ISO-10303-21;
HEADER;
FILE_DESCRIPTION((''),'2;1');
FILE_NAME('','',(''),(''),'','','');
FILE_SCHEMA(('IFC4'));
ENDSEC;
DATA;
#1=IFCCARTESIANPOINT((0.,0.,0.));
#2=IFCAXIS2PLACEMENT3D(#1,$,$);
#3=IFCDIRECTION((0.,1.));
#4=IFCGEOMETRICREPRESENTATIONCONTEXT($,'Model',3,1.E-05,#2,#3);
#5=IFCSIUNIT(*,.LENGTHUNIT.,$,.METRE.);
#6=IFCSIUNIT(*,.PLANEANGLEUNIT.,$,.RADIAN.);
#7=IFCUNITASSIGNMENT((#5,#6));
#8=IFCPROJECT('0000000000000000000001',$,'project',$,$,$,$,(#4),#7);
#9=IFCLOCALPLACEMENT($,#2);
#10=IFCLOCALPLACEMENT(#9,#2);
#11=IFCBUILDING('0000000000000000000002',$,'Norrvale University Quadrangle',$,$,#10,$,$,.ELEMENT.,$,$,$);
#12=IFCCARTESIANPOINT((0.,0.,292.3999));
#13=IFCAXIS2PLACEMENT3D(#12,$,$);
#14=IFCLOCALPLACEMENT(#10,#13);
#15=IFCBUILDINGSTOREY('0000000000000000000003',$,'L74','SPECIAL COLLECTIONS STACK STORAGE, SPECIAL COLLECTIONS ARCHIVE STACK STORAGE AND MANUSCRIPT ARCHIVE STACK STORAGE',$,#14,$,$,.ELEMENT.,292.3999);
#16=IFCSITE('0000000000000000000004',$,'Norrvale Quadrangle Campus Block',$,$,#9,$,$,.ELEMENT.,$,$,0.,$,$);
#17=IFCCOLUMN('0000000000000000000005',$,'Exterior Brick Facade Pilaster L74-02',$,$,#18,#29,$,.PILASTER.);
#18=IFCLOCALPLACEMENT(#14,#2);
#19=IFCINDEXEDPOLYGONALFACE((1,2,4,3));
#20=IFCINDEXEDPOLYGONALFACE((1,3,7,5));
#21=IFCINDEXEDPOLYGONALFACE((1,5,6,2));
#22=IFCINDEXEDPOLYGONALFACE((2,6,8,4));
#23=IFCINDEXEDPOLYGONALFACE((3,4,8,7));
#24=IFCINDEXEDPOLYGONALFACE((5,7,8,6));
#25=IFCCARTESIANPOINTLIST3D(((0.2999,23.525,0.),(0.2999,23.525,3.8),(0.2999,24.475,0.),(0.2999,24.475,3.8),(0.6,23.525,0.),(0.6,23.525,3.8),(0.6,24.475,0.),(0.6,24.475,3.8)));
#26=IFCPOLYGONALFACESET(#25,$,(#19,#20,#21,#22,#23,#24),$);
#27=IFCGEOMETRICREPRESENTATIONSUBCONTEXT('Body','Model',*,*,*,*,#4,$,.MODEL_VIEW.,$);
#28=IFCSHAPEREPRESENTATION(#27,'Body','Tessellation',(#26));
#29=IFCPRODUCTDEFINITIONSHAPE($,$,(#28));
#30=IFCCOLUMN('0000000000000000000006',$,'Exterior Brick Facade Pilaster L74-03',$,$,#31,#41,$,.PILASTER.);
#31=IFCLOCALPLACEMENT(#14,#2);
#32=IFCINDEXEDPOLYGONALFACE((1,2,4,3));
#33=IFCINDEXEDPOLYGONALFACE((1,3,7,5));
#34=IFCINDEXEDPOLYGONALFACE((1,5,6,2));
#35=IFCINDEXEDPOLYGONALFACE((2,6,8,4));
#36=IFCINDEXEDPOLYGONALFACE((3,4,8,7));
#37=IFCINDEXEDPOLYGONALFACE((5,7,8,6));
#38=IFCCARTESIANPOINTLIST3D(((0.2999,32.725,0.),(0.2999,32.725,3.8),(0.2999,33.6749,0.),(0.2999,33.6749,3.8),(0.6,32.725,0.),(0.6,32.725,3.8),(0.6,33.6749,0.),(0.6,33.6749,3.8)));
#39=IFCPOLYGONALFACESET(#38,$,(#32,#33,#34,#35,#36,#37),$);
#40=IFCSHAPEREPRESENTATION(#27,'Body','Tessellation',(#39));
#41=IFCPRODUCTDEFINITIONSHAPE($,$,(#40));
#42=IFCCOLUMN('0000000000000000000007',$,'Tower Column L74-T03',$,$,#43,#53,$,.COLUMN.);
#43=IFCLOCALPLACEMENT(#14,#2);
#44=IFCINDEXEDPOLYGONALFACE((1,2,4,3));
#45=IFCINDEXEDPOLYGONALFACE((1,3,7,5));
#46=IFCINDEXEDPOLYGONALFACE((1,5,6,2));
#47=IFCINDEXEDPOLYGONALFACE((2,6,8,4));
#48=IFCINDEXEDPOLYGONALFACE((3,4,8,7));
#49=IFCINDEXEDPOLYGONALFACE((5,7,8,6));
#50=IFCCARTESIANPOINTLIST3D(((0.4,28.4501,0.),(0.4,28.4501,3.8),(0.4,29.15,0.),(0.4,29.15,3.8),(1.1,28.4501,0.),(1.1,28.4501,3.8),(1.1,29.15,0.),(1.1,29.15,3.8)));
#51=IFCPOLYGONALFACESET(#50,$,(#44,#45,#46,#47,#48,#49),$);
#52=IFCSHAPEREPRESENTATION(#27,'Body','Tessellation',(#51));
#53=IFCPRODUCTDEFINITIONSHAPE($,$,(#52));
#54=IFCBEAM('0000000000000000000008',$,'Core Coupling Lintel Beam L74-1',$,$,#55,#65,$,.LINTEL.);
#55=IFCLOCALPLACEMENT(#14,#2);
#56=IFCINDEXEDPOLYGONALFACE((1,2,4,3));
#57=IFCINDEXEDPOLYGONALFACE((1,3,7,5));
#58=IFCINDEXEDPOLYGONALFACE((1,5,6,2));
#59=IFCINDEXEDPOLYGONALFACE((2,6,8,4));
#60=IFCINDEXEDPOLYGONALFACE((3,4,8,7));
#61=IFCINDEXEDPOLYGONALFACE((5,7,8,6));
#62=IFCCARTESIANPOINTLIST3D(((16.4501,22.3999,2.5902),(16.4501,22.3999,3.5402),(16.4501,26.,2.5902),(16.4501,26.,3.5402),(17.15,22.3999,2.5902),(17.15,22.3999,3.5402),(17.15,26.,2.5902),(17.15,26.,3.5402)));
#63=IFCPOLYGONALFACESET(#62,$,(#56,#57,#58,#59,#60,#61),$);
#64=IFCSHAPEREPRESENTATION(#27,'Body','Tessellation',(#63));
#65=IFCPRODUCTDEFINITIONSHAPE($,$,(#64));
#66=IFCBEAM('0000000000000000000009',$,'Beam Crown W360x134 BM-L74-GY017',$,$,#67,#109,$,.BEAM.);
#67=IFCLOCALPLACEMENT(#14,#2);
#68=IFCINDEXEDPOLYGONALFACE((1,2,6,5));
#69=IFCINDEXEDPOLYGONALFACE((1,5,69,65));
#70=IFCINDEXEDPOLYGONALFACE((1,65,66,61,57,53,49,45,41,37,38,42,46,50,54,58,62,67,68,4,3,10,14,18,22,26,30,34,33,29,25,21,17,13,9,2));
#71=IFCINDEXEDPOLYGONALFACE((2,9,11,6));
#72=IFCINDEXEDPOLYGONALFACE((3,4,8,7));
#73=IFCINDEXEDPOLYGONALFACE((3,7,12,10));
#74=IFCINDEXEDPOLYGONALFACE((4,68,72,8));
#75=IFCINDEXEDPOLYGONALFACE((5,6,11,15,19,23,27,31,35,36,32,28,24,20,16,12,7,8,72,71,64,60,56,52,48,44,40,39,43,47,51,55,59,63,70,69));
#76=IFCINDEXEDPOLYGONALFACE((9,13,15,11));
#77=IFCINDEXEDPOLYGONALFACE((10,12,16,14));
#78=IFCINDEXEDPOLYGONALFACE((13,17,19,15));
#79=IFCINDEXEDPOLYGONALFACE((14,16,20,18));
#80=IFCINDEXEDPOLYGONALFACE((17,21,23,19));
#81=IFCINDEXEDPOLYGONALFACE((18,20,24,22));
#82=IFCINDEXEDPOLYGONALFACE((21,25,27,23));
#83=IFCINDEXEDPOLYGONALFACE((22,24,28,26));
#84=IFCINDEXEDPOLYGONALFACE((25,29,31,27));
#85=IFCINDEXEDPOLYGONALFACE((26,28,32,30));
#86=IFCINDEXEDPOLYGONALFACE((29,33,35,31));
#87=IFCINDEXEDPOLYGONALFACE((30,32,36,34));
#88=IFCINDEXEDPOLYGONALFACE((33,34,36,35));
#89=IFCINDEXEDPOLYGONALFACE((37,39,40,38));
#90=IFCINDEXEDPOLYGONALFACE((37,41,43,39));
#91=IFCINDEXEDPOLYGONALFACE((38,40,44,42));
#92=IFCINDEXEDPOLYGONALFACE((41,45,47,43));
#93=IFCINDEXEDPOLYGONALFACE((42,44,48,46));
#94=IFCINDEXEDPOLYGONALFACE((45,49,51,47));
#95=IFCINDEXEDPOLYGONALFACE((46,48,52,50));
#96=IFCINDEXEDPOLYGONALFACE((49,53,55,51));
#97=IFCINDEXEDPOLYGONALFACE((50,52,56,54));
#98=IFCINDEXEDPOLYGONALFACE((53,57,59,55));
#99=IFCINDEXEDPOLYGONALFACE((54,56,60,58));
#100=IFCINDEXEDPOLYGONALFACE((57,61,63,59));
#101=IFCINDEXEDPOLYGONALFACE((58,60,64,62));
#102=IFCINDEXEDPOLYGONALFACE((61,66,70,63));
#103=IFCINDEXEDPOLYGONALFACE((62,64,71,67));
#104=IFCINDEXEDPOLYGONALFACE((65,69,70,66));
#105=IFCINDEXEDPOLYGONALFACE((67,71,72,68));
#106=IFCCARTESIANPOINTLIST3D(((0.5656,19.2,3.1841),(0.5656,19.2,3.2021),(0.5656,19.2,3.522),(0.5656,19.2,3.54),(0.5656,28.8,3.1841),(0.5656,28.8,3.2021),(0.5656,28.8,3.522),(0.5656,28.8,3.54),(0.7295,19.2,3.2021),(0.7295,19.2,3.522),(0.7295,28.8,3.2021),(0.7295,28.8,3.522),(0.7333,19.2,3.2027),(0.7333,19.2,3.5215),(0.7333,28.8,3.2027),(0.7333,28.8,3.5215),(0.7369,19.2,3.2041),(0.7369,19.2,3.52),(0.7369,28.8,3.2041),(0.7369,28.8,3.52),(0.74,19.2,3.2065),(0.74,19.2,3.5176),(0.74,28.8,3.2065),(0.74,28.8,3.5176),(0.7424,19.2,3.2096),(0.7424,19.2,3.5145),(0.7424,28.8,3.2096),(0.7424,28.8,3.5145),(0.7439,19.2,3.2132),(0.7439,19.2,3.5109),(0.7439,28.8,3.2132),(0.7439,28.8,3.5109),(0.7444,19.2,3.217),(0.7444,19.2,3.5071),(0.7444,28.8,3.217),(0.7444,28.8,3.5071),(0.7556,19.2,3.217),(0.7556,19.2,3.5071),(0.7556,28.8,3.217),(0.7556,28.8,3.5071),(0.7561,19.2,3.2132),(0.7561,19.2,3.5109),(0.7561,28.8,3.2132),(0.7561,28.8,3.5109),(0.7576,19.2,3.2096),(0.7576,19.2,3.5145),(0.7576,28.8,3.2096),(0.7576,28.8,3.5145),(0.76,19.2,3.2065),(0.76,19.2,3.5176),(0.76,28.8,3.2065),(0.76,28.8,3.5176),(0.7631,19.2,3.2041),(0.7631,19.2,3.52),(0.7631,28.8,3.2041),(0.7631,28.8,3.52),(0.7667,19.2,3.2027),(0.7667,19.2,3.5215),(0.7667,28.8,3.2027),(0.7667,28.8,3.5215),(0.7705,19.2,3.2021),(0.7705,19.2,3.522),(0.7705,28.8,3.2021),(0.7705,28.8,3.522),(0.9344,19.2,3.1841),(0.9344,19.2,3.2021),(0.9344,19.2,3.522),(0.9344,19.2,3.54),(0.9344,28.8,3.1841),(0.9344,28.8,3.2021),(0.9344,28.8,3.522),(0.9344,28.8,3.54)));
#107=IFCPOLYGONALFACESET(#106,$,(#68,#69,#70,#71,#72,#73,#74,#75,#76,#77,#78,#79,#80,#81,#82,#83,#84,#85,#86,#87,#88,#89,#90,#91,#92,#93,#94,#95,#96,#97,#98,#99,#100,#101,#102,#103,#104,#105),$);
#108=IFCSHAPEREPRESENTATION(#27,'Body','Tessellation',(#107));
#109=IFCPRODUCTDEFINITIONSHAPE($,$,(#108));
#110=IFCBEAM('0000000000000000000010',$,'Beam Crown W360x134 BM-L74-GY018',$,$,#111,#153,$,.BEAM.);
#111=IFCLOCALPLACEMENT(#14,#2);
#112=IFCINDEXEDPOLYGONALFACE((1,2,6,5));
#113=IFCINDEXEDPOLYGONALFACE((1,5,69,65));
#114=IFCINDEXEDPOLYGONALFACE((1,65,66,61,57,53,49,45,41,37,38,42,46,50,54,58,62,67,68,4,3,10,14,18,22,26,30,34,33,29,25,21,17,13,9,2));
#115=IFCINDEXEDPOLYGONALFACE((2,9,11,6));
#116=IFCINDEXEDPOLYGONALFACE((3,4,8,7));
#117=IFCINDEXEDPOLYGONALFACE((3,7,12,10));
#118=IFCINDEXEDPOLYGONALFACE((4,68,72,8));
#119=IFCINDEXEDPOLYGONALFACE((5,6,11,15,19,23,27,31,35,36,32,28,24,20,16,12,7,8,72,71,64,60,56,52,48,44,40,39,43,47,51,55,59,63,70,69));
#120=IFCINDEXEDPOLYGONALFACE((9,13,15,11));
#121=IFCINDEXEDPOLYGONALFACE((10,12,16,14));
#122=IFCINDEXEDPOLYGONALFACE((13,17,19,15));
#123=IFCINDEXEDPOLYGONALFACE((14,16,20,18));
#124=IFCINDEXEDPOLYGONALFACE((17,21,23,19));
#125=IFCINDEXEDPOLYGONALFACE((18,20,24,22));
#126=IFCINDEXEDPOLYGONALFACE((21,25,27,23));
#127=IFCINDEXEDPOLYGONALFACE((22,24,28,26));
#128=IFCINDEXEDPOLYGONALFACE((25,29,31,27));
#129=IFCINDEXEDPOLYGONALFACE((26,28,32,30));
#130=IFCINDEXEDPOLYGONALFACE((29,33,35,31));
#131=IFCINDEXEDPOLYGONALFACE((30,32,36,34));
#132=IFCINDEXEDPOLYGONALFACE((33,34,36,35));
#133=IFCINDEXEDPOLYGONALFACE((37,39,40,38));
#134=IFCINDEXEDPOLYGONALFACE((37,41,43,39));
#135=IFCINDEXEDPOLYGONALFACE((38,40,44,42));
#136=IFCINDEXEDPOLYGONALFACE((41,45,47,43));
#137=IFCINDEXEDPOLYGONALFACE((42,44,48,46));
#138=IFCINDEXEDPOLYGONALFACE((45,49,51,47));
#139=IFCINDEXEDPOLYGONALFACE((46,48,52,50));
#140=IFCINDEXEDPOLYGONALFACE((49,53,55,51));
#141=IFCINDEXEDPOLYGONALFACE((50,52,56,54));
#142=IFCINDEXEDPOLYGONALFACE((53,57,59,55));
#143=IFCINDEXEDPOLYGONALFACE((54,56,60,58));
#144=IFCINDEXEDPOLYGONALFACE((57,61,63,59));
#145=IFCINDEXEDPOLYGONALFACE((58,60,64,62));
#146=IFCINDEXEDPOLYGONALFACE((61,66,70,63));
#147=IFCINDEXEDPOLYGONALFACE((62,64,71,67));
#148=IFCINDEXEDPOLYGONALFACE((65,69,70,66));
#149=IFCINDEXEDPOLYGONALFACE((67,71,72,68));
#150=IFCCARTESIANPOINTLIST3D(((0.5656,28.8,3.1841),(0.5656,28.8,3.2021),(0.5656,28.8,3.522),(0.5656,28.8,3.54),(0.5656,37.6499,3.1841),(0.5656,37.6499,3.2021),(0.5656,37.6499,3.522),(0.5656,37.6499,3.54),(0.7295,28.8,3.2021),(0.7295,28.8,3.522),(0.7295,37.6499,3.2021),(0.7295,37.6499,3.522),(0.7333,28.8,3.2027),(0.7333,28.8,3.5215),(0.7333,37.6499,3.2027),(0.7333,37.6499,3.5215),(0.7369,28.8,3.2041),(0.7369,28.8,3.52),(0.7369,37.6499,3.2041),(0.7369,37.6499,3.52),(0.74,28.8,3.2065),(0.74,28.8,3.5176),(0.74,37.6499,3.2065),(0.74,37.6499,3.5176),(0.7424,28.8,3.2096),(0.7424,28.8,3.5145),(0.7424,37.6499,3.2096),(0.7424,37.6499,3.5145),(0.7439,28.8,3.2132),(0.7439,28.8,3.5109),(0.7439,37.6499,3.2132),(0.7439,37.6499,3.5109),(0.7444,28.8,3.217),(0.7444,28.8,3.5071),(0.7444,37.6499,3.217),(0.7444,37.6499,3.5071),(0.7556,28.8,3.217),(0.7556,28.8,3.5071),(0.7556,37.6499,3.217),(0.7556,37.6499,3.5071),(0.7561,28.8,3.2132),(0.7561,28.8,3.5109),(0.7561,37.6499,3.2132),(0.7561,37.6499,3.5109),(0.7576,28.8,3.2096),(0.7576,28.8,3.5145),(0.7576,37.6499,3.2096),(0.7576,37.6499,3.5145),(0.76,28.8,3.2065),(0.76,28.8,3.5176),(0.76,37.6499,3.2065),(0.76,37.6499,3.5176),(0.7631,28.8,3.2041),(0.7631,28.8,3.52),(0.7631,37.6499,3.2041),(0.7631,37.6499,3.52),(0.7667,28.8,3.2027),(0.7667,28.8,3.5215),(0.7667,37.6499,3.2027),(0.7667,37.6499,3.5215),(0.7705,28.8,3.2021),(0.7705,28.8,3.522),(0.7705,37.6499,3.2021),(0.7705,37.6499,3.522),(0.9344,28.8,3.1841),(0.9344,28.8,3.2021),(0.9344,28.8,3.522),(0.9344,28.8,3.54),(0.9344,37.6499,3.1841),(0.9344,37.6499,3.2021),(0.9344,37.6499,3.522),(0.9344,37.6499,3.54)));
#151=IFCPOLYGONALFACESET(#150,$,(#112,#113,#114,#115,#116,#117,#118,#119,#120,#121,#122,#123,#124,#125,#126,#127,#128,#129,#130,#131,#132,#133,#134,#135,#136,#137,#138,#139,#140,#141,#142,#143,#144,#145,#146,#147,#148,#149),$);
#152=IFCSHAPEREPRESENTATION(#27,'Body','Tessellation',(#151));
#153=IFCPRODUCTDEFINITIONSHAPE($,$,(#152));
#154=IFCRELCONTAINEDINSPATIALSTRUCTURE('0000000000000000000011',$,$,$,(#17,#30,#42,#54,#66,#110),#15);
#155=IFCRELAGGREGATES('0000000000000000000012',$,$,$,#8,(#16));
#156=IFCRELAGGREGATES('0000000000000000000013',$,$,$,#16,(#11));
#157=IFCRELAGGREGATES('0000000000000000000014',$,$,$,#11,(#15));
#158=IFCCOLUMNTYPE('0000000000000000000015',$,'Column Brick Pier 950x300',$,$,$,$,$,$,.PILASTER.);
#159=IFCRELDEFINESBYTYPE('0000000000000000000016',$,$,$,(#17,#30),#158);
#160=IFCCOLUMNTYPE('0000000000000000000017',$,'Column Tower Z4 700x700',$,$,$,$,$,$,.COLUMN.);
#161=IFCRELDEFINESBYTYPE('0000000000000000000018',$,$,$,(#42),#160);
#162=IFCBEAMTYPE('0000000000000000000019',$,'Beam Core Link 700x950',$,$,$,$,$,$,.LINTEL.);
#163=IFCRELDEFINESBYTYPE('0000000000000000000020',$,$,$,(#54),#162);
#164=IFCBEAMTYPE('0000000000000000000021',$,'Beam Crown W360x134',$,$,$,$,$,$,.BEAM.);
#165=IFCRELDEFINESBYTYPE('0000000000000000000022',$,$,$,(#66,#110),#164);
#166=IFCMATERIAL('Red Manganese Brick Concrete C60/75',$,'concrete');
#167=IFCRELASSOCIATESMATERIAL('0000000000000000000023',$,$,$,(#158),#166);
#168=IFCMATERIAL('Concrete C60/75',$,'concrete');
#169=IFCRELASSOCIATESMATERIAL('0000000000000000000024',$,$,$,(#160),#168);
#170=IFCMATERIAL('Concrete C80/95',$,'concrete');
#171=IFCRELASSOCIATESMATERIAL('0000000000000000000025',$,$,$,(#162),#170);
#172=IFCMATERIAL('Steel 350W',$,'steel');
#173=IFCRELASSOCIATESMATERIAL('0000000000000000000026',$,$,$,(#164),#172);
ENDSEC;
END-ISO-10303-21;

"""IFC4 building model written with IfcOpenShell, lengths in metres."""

from ifc_helpers import new_model, si_unit, direction, frame, origin, origin_2d, place, context, subcontext, project, spatial, rectangle, i_section, extrude, material, material_profile, profile_set, type_object, element, save


model = new_model("IFC4")

# Units and contexts
model_context = context("Model", 3, precision=1e-05, world=origin(), true_north=direction((0.0, 1.0)))
body_context = subcontext(model_context, "Body", "Model", "MODEL_VIEW")
ifc_project = project(units=[si_unit("LENGTHUNIT", "METRE"), si_unit("PLANEANGLEUNIT", "RADIAN")], contexts=[model_context])

# Site, building, storey
site_placement = place(None, origin())
site = spatial("IfcSite", under=ifc_project, at=site_placement, Name="Norrvale Quadrangle Campus Block", CompositionType="ELEMENT", RefElevation=0.0)
building_placement = place(site_placement, origin())
building = spatial("IfcBuilding", under=site, at=building_placement, Name="Norrvale University Quadrangle", CompositionType="ELEMENT")
storey_placement = place(building_placement, frame((0.0, 0.0, 292.3999)))
storey = spatial("IfcBuildingStorey", under=building, at=storey_placement, Name="L74", Description="SPECIAL COLLECTIONS STACK STORAGE, SPECIAL COLLECTIONS ARCHIVE STACK STORAGE AND MANUSCRIPT ARCHIVE STACK STORAGE", CompositionType="ELEMENT", Elevation=292.3999)

# Columns
ifc_material_1 = material(Name="Red Manganese Brick Concrete C60/75", Category="concrete")
ifc_material_profile_1 = material_profile(ifc_material_1, rectangle(XDim=0.95, YDim=0.3, at=origin_2d()), Name="Red Manganese Brick Concrete C60/75")
ifc_profile_set_1 = profile_set([ifc_material_profile_1], Name="Red Manganese Brick Concrete C60/75")
column_type_1 = type_object("IfcColumnType", Name="Column Brick Pier 950x300", PredefinedType="PILASTER", material=ifc_profile_set_1)
for number, where, z_axis, x_axis, name in (
    (1, (0.45, 24.0, 0.0), (0.0, 0.0, 1.0), (0.0, 1.0, 0.0), "Exterior Brick Facade Pilaster L74-02"),
    (2, (0.45, 33.2, 0.0), (0.0, 0.0, 1.0), (0.0, 1.0, 0.0), "Exterior Brick Facade Pilaster L74-03"),
):
    element("IfcColumn", number, at=place(storey_placement, frame(where, z_axis=z_axis, x_axis=x_axis)), inside=storey, type_object=column_type_1, Name=name, PredefinedType="PILASTER", context=body_context, shape_type="SweptSolid", body=[
        extrude(rectangle(XDim=0.95, YDim=0.3, at=origin_2d()), origin(), (0.0, 0.0, 1.0), 3.8),
    ])
ifc_material_2 = material(Name="Concrete C60/75", Category="concrete")
ifc_material_profile_2 = material_profile(ifc_material_2, rectangle(XDim=0.7, YDim=0.7, at=origin_2d()), Name="Concrete C60/75")
ifc_profile_set_2 = profile_set([ifc_material_profile_2], Name="Concrete C60/75")
column_type_2 = type_object("IfcColumnType", Name="Column Tower Z4 700x700", PredefinedType="COLUMN", material=ifc_profile_set_2)
column_placement = place(storey_placement, frame((0.75, 28.8, 0.0), z_axis=(0.0, 0.0, 1.0), x_axis=(1.0, 0.0, 0.0)))
element("IfcColumn", 3, at=column_placement, inside=storey, type_object=column_type_2, Name="Tower Column L74-T03", PredefinedType="COLUMN", context=body_context, shape_type="SweptSolid", body=[
    extrude(rectangle(XDim=0.7, YDim=0.7, at=origin_2d()), origin(), (0.0, 0.0, 1.0), 3.8),
])

# Beams
ifc_material_3 = material(Name="Concrete C80/95", Category="concrete")
ifc_material_profile_3 = material_profile(ifc_material_3, rectangle(XDim=0.7, YDim=0.95, at=origin_2d()), Name="Concrete C80/95")
ifc_profile_set_3 = profile_set([ifc_material_profile_3], Name="Concrete C80/95")
beam_type_1 = type_object("IfcBeamType", Name="Beam Core Link 700x950", PredefinedType="LINTEL", material=ifc_profile_set_3)
beam_1_placement = place(storey_placement, frame((16.8, 22.3999, 3.0652), z_axis=(0.0, 1.0, 0.0), x_axis=(-1.0, 0.0, 0.0)))
element("IfcBeam", 4, at=beam_1_placement, inside=storey, type_object=beam_type_1, Name="Core Coupling Lintel Beam L74-1", PredefinedType="LINTEL", context=body_context, shape_type="SweptSolid", body=[
    extrude(rectangle(XDim=0.7, YDim=0.95, at=origin_2d()), origin(), (0.0, 0.0, 1.0), 3.6001),
])
ifc_material_4 = material(Name="Steel 350W", Category="steel")
ifc_material_profile_4 = material_profile(ifc_material_4, i_section(OverallWidth=0.3689, OverallDepth=0.356, WebThickness=0.0112, FlangeThickness=0.0181, FilletRadius=0.0149, at=origin_2d()), Name="Steel 350W")
ifc_profile_set_4 = profile_set([ifc_material_profile_4], Name="Steel 350W")
beam_type_2 = type_object("IfcBeamType", Name="Beam Crown W360x134", PredefinedType="BEAM", material=ifc_profile_set_4)
beam_2_placement = place(storey_placement, frame((0.75, 19.2, 3.3621), z_axis=(0.0, 1.0, 0.0), x_axis=(-1.0, 0.0, 0.0)))
element("IfcBeam", 5, at=beam_2_placement, inside=storey, type_object=beam_type_2, Name="Beam Crown W360x134 BM-L74-GY017", PredefinedType="BEAM", context=body_context, shape_type="SweptSolid", body=[
    extrude(i_section(OverallWidth=0.3689, OverallDepth=0.356, WebThickness=0.0112, FlangeThickness=0.0181, FilletRadius=0.0149, at=origin_2d()), origin(), (0.0, 0.0, 1.0), 9.6001),
])
beam_3_placement = place(storey_placement, frame((0.75, 28.8, 3.3621), z_axis=(0.0, 1.0, 0.0), x_axis=(-1.0, 0.0, 0.0)))
element("IfcBeam", 6, at=beam_3_placement, inside=storey, type_object=beam_type_2, Name="Beam Crown W360x134 BM-L74-GY018", PredefinedType="BEAM", context=body_context, shape_type="SweptSolid", body=[
    extrude(i_section(OverallWidth=0.3689, OverallDepth=0.356, WebThickness=0.0112, FlangeThickness=0.0181, FilletRadius=0.0149, at=origin_2d()), origin(), (0.0, 0.0, 1.0), 8.8499),
])

save(model, "model.ifc")
